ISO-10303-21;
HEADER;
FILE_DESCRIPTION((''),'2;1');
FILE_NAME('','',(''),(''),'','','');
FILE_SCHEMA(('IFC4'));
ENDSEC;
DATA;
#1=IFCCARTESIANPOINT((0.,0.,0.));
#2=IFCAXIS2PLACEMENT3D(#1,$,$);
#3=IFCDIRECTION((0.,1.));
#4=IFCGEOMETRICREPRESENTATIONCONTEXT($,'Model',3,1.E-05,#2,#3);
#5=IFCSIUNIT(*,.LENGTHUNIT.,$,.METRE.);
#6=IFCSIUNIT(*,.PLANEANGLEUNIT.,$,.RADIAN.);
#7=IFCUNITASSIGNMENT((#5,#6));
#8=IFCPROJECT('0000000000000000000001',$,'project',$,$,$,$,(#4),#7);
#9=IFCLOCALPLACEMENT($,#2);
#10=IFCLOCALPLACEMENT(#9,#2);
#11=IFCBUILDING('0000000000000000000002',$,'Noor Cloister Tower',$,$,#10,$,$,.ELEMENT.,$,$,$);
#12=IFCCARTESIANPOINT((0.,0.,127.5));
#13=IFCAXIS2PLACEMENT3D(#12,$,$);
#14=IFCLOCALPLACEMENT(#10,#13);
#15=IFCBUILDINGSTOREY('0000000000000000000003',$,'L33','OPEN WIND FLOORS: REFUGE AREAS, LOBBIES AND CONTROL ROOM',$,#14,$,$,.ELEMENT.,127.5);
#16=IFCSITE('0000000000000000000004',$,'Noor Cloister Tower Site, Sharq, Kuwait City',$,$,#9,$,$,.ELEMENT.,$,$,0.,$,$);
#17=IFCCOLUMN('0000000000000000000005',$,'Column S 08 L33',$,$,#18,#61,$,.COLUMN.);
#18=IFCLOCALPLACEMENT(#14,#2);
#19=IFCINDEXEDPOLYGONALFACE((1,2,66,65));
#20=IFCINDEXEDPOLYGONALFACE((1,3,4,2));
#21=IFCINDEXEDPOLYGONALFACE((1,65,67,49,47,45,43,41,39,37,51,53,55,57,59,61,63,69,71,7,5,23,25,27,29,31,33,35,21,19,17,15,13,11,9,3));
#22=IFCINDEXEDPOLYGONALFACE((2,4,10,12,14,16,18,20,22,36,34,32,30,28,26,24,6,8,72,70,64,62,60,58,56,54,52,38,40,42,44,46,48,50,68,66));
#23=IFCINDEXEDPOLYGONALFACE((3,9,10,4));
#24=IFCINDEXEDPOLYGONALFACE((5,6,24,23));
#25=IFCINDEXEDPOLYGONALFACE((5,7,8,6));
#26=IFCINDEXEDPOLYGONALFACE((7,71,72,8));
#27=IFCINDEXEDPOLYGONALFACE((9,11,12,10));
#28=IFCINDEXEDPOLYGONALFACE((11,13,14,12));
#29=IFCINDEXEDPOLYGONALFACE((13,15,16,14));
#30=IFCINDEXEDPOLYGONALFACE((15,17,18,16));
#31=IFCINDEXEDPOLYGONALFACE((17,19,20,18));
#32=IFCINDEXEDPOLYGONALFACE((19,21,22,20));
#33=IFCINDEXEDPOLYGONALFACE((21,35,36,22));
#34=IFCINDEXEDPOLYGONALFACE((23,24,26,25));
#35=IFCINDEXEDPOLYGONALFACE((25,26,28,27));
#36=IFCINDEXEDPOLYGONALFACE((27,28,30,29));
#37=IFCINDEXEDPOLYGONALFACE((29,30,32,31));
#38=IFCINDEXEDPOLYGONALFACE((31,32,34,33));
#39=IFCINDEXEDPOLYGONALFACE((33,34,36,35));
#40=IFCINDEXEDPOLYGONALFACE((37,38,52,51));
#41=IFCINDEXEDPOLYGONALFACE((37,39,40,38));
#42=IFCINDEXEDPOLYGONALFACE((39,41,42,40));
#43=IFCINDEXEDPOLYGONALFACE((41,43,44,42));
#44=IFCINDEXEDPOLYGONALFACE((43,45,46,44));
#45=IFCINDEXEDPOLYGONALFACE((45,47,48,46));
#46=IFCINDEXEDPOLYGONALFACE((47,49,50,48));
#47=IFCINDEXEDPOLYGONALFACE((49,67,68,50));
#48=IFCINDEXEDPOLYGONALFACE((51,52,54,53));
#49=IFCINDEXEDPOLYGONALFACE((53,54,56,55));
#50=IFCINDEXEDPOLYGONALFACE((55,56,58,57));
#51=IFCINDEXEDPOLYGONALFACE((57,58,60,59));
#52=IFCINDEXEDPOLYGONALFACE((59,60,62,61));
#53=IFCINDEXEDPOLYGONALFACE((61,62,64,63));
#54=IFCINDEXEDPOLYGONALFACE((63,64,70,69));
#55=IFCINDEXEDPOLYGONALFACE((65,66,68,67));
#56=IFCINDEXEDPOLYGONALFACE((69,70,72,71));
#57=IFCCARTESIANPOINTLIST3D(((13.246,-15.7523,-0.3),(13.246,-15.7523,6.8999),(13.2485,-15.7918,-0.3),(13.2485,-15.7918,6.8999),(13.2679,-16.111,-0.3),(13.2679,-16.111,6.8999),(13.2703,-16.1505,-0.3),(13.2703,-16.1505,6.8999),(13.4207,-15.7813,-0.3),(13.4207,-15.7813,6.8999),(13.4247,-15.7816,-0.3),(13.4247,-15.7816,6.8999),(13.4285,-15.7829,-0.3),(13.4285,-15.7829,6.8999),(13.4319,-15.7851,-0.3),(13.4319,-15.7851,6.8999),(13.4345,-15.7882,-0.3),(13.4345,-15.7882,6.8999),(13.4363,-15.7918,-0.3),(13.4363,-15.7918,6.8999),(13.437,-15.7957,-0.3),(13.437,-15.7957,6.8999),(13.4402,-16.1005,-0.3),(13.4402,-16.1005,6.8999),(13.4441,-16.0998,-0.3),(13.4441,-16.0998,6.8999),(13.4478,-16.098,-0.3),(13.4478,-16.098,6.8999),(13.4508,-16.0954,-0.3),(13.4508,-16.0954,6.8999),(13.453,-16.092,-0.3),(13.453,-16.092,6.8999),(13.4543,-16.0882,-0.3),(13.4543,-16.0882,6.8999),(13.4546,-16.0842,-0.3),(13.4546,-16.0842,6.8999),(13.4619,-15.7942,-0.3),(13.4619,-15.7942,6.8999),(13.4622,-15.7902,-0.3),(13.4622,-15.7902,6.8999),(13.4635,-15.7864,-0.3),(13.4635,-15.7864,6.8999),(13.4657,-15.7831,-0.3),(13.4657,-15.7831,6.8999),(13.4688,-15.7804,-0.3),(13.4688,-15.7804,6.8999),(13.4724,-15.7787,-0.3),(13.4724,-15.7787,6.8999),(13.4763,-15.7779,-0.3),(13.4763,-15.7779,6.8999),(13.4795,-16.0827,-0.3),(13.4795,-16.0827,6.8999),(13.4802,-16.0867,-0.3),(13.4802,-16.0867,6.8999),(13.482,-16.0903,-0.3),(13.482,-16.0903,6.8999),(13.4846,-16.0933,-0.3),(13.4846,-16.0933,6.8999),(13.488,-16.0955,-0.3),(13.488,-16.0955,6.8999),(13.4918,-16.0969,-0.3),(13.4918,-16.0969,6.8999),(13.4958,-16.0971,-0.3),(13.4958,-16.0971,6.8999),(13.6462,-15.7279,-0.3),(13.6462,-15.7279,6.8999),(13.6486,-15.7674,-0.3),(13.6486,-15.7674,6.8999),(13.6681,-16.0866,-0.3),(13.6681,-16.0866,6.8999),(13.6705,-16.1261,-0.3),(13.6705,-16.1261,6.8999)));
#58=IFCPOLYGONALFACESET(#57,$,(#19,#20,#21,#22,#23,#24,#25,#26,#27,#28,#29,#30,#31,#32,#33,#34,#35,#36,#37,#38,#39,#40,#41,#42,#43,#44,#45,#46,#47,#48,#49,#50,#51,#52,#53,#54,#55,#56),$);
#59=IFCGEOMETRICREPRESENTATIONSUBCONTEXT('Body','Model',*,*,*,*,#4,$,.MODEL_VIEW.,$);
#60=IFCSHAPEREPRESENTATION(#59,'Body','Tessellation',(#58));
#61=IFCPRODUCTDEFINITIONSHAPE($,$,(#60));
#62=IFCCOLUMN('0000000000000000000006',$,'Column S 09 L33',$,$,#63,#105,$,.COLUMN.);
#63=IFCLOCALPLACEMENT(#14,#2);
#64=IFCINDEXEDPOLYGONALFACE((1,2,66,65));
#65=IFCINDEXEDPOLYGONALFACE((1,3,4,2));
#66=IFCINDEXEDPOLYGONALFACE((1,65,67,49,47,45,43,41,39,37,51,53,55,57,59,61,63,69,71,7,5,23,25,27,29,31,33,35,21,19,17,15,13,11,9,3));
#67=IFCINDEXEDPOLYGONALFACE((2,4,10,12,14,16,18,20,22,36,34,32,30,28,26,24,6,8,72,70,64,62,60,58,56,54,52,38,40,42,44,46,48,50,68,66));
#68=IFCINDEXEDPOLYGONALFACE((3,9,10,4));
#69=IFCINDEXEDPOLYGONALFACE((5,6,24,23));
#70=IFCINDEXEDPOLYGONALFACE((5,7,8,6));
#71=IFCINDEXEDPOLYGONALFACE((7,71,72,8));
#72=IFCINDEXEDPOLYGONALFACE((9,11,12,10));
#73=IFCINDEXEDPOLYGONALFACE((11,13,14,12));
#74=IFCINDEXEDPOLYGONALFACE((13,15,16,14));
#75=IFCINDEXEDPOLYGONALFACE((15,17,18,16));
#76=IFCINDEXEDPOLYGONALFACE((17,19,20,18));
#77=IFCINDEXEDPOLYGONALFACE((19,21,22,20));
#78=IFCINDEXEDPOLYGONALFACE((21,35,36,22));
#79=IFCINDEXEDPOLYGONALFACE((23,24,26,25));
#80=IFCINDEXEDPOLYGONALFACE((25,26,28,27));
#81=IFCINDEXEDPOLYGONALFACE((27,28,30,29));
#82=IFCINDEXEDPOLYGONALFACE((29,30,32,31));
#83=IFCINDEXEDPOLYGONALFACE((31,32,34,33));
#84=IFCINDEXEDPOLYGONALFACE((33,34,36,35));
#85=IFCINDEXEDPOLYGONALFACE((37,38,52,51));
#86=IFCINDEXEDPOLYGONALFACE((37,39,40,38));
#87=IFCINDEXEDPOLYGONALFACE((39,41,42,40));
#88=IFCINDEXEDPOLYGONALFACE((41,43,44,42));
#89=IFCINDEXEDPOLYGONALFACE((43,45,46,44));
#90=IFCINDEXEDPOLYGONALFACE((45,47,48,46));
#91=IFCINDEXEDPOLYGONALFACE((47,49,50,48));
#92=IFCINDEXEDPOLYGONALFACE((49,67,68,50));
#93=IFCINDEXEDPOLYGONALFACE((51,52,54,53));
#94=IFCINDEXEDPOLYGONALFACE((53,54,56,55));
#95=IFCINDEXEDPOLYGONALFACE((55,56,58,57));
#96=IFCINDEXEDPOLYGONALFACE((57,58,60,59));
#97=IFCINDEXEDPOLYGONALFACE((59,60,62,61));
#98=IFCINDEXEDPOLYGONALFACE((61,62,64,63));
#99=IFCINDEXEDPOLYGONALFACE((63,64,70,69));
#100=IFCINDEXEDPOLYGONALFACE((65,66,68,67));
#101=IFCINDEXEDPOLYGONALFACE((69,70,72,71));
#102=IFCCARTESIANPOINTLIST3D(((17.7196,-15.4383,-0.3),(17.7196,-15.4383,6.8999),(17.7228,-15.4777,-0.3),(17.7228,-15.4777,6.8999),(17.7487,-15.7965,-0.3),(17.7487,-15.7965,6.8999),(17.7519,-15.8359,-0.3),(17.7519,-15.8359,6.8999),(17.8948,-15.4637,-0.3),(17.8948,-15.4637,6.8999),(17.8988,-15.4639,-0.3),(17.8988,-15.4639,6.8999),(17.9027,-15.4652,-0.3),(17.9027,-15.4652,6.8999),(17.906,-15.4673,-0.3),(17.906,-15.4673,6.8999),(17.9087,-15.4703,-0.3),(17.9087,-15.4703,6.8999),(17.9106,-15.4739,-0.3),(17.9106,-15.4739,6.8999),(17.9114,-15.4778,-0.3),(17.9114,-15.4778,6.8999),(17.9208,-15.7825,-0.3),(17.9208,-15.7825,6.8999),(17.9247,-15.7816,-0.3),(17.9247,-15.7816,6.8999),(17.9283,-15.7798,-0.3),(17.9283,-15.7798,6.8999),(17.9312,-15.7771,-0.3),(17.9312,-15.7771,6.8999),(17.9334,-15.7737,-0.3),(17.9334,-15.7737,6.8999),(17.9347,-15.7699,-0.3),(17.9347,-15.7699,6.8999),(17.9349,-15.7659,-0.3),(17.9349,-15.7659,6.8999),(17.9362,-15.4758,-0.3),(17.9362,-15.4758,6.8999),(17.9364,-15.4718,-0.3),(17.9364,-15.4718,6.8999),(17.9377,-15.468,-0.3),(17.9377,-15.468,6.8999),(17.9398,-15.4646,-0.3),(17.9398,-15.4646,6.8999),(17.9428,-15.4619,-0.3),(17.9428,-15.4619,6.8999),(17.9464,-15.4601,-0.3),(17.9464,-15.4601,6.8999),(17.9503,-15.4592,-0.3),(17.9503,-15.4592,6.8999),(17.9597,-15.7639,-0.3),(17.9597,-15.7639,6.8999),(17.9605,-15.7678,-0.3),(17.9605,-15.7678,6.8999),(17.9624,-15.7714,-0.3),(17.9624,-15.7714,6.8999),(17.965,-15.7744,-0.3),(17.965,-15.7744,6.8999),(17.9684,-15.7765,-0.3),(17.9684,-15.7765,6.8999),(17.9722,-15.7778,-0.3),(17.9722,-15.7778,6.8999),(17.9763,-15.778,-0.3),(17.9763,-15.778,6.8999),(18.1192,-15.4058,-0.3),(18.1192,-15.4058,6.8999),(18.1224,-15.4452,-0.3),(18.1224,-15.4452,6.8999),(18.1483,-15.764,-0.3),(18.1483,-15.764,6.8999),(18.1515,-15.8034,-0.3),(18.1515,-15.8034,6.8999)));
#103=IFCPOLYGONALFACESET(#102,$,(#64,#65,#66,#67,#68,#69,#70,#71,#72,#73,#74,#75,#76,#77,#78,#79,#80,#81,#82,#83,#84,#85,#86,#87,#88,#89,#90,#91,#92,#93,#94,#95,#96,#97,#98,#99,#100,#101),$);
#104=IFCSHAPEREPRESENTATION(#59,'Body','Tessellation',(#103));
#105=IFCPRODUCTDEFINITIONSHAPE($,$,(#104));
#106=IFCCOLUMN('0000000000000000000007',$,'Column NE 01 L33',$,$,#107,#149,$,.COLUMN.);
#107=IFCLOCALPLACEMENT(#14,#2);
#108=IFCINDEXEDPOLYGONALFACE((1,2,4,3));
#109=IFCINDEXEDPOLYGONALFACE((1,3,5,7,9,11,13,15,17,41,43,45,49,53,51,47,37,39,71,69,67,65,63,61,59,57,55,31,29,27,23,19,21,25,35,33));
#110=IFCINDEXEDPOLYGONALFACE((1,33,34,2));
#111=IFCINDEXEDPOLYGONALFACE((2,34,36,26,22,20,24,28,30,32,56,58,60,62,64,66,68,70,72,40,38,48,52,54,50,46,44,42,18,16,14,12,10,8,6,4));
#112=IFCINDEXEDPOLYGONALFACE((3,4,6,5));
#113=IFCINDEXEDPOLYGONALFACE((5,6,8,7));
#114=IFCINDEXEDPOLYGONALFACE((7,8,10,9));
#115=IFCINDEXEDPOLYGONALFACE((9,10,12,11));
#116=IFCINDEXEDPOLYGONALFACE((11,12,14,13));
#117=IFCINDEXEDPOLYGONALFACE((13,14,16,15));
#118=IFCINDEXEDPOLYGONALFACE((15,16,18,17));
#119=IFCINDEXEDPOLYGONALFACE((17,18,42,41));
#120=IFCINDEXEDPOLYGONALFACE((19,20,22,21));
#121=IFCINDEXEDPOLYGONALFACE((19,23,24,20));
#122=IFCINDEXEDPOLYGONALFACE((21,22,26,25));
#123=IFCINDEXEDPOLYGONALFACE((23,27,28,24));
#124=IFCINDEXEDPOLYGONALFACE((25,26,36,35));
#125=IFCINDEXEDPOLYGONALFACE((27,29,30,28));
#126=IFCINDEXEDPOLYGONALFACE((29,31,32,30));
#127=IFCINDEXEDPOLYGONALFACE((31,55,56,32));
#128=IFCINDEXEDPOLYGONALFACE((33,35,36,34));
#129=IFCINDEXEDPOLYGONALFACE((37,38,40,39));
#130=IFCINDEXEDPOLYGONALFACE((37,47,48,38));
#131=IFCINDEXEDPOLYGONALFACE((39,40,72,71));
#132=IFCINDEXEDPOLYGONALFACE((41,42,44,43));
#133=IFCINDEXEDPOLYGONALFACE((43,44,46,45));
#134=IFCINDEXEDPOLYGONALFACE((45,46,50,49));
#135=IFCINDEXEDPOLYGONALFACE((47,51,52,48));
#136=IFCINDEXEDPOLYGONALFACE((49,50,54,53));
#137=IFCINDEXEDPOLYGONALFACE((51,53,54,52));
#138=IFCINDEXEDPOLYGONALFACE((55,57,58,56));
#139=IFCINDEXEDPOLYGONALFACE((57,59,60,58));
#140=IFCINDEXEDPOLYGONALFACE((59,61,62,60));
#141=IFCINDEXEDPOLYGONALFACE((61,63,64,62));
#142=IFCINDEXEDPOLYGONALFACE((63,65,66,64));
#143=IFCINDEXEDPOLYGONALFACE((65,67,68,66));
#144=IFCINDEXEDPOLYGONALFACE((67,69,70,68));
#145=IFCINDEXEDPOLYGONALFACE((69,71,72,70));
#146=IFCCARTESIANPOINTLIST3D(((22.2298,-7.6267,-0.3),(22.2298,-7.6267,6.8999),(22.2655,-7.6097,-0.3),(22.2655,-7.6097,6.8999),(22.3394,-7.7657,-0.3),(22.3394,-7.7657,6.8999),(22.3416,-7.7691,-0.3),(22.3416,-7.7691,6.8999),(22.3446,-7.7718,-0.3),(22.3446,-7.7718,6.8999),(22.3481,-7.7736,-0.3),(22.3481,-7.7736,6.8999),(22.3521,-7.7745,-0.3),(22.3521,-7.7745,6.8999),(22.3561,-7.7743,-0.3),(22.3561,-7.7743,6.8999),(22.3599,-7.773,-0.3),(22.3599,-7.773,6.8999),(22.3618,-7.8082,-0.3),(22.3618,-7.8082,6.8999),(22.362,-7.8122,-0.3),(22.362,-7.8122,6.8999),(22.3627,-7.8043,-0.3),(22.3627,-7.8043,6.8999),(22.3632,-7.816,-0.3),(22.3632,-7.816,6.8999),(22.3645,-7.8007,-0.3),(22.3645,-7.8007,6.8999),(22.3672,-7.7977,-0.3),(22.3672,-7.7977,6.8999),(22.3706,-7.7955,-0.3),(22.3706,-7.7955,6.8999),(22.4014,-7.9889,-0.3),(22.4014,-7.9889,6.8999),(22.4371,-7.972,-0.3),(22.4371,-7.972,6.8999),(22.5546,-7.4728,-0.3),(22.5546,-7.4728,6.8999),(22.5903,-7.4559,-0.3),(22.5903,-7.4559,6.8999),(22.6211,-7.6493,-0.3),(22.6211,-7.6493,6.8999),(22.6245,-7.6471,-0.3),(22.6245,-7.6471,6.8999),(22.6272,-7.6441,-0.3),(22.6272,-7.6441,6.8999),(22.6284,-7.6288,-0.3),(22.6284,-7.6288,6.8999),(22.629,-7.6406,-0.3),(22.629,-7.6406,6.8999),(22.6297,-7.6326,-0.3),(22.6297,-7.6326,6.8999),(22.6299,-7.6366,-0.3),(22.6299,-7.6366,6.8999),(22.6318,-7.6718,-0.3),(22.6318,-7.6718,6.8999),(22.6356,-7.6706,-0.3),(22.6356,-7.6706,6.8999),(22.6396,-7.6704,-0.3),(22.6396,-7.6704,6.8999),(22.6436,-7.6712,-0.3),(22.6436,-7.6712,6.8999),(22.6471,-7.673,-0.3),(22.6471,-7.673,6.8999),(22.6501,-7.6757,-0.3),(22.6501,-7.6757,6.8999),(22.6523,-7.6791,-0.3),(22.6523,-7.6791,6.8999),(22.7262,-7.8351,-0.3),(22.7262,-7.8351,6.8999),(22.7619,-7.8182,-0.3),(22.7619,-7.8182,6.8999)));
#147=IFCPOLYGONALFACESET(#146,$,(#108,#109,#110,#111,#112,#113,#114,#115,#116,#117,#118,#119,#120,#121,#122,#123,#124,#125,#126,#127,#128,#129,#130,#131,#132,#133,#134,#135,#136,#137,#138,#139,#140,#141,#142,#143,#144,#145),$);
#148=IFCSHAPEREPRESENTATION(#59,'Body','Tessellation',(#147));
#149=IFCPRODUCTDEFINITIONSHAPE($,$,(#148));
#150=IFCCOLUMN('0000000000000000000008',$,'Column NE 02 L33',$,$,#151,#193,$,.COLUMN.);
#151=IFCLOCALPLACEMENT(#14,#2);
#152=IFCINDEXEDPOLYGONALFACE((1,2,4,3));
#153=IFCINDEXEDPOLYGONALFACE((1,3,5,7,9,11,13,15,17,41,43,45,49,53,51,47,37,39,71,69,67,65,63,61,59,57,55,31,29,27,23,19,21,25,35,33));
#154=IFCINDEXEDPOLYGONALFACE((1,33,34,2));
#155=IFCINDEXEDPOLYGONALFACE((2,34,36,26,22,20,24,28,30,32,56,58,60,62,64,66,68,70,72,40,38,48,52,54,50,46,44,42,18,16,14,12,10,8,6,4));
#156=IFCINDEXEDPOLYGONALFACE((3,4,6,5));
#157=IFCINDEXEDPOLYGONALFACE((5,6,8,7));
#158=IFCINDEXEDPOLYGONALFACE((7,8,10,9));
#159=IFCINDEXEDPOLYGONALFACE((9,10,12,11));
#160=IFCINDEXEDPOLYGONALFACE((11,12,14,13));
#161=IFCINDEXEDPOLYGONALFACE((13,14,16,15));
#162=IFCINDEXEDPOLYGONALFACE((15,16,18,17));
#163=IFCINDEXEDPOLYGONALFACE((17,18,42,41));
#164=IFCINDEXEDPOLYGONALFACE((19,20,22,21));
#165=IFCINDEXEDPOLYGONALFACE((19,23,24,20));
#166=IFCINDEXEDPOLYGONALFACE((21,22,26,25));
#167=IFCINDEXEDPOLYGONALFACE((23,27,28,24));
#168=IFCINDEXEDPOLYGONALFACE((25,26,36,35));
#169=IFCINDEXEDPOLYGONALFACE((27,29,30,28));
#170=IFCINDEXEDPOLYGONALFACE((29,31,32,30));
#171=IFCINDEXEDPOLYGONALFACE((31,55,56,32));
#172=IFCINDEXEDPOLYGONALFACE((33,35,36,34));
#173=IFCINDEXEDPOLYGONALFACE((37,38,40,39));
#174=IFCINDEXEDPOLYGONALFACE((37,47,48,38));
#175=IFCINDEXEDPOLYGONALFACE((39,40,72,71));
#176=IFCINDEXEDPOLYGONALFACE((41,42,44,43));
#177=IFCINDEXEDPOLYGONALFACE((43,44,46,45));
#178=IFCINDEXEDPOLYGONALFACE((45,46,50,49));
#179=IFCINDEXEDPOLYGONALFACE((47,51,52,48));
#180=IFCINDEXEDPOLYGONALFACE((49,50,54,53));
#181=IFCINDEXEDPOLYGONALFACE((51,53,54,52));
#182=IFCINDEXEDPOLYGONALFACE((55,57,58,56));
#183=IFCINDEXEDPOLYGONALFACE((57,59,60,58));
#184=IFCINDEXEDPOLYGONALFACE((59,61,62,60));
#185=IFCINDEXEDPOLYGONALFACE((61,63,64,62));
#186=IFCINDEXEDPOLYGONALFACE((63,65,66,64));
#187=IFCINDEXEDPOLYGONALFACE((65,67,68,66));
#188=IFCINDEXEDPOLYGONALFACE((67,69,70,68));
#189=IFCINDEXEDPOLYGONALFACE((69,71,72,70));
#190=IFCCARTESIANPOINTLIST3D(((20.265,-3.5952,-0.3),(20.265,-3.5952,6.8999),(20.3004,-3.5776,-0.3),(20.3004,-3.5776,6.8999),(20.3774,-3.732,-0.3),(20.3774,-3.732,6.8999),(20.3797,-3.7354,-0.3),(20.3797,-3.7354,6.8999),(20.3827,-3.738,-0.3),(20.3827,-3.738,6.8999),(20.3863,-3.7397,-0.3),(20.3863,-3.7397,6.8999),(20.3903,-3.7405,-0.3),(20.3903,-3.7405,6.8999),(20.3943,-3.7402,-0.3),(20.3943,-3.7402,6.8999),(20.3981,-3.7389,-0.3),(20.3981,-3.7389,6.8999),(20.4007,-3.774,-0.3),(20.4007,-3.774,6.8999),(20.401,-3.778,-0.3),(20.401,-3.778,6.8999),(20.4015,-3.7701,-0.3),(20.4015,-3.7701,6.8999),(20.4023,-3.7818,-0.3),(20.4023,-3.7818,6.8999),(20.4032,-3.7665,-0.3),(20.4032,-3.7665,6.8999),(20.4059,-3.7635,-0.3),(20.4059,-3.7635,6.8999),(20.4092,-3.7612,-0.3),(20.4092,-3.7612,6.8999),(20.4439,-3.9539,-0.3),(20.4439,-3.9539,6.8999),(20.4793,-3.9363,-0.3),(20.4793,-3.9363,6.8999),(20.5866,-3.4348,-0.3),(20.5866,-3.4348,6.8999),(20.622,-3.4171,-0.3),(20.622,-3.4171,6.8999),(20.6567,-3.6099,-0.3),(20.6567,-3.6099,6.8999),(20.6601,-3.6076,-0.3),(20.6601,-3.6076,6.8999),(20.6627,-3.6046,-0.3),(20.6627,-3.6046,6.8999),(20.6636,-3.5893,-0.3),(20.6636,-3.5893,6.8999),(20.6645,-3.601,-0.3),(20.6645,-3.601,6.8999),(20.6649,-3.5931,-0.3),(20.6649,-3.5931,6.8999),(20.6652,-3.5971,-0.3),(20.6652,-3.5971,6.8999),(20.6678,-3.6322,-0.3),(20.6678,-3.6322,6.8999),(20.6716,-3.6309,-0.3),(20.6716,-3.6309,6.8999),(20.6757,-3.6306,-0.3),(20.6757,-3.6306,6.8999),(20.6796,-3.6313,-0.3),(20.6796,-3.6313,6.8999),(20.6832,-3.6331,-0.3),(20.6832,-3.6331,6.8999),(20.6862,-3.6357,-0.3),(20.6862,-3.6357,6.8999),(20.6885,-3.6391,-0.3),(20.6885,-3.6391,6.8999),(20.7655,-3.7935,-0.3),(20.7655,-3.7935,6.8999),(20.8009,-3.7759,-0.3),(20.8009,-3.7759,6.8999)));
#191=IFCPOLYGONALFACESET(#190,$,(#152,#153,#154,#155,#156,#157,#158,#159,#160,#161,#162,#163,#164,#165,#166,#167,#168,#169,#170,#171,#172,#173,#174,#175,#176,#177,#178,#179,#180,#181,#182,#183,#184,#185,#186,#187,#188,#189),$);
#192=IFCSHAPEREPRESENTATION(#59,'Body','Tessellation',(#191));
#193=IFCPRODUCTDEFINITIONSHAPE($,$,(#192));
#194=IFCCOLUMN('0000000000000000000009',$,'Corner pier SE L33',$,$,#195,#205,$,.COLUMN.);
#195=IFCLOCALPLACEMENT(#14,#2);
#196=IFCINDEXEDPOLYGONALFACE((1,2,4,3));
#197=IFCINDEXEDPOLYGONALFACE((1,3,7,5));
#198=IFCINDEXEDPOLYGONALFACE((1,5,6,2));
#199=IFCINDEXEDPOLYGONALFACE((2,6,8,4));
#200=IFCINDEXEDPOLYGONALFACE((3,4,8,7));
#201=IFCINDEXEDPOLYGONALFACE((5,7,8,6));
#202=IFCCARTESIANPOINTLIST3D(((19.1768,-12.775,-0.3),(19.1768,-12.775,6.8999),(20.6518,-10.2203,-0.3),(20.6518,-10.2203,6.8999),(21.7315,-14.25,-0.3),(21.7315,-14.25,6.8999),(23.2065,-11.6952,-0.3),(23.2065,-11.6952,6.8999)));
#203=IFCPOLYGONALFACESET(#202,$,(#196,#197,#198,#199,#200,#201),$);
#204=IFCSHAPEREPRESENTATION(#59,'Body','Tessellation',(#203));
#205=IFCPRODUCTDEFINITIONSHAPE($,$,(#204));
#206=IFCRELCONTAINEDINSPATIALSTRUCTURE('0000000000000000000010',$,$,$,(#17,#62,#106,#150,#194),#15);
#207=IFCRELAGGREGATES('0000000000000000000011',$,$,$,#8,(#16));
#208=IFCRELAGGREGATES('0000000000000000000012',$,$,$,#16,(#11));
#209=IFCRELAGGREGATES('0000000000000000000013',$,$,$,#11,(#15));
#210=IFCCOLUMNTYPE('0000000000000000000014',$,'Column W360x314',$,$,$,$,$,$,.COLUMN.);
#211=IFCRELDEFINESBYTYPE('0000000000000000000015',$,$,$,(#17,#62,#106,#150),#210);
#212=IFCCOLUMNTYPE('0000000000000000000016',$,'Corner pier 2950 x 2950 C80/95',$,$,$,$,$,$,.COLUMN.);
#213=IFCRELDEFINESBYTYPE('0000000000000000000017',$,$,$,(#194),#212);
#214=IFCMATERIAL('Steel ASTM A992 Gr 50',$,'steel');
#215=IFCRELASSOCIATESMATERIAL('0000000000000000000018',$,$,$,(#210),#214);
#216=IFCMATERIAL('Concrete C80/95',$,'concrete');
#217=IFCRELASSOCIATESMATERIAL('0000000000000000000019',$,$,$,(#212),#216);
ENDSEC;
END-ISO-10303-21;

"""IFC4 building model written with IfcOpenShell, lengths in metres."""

from ifc_helpers import new_model, si_unit, direction, frame, origin, origin_2d, place, context, subcontext, project, spatial, rectangle, i_section, extrude, material, material_profile, profile_set, type_object, element, save


model = new_model("IFC4")

# Units and contexts
model_context = context("Model", 3, precision=1e-05, world=origin(), true_north=direction((0.0, 1.0)))
body_context = subcontext(model_context, "Body", "Model", "MODEL_VIEW")
ifc_project = project(units=[si_unit("LENGTHUNIT", "METRE"), si_unit("PLANEANGLEUNIT", "RADIAN")], contexts=[model_context])

# Site, building, storey
site_placement = place(None, origin())
site = spatial("IfcSite", under=ifc_project, at=site_placement, Name="Noor Cloister Tower Site, Sharq, Kuwait City", CompositionType="ELEMENT", RefElevation=0.0)
building_placement = place(site_placement, origin())
building = spatial("IfcBuilding", under=site, at=building_placement, Name="Noor Cloister Tower", CompositionType="ELEMENT")
storey_placement = place(building_placement, frame((0.0, 0.0, 127.5)))
storey = spatial("IfcBuildingStorey", under=building, at=storey_placement, Name="L33", Description="OPEN WIND FLOORS: REFUGE AREAS, LOBBIES AND CONTROL ROOM", CompositionType="ELEMENT", Elevation=127.5)

# Columns
ifc_material_1 = material(Name="Steel ASTM A992 Gr 50", Category="steel")
ifc_material_profile_1 = material_profile(ifc_material_1, i_section(OverallWidth=0.4009, OverallDepth=0.3989, WebThickness=0.0249, FlangeThickness=0.0396, FilletRadius=0.0154, at=origin_2d()), Name="W360x314")
ifc_profile_set_1 = profile_set([ifc_material_profile_1], Name="Steel ASTM A992 Gr 50")
column_type_1 = type_object("IfcColumnType", Name="Column W360x314", PredefinedType="COLUMN", material=ifc_profile_set_1)
for number, where, z_axis, x_axis, name in (
    (1, (13.4583, -15.9392, -0.3), (0.0, 0.0, 1.0), (0.998147, 0.060847, 0.0), "Column S 08 L33"),
    (2, (17.9355, -15.6208, -0.3), (0.0, 0.0, 1.0), (0.996707, 0.08109, 0.0), "Column S 09 L33"),
    (3, (22.4958, -7.7224, -0.3), (0.0, 0.0, 1.0), (-0.428127, 0.903718, 0.0), "Column NE 01 L33"),
    (4, (20.533, -3.6855, -0.3), (0.0, 0.0, 1.0), (-0.446379, 0.894844, 0.0), "Column NE 02 L33"),
):
    element("IfcColumn", number, at=place(storey_placement, frame(where, z_axis=z_axis, x_axis=x_axis)), inside=storey, type_object=column_type_1, Name=name, PredefinedType="COLUMN", context=body_context, shape_type="SweptSolid", body=[
        extrude(i_section(OverallWidth=0.4009, OverallDepth=0.3989, WebThickness=0.0249, FlangeThickness=0.0396, FilletRadius=0.0154, at=origin_2d()), origin(), (0.0, 0.0, 1.0), 7.2),
    ])
ifc_material_2 = material(Name="Concrete C80/95", Category="concrete")
ifc_material_profile_2 = material_profile(ifc_material_2, rectangle(XDim=2.95, YDim=2.95, at=origin_2d()), Name="RC 2950x2950")
ifc_profile_set_2 = profile_set([ifc_material_profile_2], Name="Concrete C80/95")
column_type_2 = type_object("IfcColumnType", Name="Corner pier 2950 x 2950 C80/95", PredefinedType="COLUMN", material=ifc_profile_set_2)
column_placement = place(storey_placement, frame((21.1917, -12.2351, -0.3), z_axis=(0.0, 0.0, 1.0), x_axis=(0.866025, -0.5, 0.0)))
element("IfcColumn", 5, at=column_placement, inside=storey, type_object=column_type_2, Name="Corner pier SE L33", PredefinedType="COLUMN", context=body_context, shape_type="SweptSolid", body=[
    extrude(rectangle(XDim=2.95, YDim=2.95, at=origin_2d()), origin(), (0.0, 0.0, 1.0), 7.2),
])

save(model, "model.ifc")
